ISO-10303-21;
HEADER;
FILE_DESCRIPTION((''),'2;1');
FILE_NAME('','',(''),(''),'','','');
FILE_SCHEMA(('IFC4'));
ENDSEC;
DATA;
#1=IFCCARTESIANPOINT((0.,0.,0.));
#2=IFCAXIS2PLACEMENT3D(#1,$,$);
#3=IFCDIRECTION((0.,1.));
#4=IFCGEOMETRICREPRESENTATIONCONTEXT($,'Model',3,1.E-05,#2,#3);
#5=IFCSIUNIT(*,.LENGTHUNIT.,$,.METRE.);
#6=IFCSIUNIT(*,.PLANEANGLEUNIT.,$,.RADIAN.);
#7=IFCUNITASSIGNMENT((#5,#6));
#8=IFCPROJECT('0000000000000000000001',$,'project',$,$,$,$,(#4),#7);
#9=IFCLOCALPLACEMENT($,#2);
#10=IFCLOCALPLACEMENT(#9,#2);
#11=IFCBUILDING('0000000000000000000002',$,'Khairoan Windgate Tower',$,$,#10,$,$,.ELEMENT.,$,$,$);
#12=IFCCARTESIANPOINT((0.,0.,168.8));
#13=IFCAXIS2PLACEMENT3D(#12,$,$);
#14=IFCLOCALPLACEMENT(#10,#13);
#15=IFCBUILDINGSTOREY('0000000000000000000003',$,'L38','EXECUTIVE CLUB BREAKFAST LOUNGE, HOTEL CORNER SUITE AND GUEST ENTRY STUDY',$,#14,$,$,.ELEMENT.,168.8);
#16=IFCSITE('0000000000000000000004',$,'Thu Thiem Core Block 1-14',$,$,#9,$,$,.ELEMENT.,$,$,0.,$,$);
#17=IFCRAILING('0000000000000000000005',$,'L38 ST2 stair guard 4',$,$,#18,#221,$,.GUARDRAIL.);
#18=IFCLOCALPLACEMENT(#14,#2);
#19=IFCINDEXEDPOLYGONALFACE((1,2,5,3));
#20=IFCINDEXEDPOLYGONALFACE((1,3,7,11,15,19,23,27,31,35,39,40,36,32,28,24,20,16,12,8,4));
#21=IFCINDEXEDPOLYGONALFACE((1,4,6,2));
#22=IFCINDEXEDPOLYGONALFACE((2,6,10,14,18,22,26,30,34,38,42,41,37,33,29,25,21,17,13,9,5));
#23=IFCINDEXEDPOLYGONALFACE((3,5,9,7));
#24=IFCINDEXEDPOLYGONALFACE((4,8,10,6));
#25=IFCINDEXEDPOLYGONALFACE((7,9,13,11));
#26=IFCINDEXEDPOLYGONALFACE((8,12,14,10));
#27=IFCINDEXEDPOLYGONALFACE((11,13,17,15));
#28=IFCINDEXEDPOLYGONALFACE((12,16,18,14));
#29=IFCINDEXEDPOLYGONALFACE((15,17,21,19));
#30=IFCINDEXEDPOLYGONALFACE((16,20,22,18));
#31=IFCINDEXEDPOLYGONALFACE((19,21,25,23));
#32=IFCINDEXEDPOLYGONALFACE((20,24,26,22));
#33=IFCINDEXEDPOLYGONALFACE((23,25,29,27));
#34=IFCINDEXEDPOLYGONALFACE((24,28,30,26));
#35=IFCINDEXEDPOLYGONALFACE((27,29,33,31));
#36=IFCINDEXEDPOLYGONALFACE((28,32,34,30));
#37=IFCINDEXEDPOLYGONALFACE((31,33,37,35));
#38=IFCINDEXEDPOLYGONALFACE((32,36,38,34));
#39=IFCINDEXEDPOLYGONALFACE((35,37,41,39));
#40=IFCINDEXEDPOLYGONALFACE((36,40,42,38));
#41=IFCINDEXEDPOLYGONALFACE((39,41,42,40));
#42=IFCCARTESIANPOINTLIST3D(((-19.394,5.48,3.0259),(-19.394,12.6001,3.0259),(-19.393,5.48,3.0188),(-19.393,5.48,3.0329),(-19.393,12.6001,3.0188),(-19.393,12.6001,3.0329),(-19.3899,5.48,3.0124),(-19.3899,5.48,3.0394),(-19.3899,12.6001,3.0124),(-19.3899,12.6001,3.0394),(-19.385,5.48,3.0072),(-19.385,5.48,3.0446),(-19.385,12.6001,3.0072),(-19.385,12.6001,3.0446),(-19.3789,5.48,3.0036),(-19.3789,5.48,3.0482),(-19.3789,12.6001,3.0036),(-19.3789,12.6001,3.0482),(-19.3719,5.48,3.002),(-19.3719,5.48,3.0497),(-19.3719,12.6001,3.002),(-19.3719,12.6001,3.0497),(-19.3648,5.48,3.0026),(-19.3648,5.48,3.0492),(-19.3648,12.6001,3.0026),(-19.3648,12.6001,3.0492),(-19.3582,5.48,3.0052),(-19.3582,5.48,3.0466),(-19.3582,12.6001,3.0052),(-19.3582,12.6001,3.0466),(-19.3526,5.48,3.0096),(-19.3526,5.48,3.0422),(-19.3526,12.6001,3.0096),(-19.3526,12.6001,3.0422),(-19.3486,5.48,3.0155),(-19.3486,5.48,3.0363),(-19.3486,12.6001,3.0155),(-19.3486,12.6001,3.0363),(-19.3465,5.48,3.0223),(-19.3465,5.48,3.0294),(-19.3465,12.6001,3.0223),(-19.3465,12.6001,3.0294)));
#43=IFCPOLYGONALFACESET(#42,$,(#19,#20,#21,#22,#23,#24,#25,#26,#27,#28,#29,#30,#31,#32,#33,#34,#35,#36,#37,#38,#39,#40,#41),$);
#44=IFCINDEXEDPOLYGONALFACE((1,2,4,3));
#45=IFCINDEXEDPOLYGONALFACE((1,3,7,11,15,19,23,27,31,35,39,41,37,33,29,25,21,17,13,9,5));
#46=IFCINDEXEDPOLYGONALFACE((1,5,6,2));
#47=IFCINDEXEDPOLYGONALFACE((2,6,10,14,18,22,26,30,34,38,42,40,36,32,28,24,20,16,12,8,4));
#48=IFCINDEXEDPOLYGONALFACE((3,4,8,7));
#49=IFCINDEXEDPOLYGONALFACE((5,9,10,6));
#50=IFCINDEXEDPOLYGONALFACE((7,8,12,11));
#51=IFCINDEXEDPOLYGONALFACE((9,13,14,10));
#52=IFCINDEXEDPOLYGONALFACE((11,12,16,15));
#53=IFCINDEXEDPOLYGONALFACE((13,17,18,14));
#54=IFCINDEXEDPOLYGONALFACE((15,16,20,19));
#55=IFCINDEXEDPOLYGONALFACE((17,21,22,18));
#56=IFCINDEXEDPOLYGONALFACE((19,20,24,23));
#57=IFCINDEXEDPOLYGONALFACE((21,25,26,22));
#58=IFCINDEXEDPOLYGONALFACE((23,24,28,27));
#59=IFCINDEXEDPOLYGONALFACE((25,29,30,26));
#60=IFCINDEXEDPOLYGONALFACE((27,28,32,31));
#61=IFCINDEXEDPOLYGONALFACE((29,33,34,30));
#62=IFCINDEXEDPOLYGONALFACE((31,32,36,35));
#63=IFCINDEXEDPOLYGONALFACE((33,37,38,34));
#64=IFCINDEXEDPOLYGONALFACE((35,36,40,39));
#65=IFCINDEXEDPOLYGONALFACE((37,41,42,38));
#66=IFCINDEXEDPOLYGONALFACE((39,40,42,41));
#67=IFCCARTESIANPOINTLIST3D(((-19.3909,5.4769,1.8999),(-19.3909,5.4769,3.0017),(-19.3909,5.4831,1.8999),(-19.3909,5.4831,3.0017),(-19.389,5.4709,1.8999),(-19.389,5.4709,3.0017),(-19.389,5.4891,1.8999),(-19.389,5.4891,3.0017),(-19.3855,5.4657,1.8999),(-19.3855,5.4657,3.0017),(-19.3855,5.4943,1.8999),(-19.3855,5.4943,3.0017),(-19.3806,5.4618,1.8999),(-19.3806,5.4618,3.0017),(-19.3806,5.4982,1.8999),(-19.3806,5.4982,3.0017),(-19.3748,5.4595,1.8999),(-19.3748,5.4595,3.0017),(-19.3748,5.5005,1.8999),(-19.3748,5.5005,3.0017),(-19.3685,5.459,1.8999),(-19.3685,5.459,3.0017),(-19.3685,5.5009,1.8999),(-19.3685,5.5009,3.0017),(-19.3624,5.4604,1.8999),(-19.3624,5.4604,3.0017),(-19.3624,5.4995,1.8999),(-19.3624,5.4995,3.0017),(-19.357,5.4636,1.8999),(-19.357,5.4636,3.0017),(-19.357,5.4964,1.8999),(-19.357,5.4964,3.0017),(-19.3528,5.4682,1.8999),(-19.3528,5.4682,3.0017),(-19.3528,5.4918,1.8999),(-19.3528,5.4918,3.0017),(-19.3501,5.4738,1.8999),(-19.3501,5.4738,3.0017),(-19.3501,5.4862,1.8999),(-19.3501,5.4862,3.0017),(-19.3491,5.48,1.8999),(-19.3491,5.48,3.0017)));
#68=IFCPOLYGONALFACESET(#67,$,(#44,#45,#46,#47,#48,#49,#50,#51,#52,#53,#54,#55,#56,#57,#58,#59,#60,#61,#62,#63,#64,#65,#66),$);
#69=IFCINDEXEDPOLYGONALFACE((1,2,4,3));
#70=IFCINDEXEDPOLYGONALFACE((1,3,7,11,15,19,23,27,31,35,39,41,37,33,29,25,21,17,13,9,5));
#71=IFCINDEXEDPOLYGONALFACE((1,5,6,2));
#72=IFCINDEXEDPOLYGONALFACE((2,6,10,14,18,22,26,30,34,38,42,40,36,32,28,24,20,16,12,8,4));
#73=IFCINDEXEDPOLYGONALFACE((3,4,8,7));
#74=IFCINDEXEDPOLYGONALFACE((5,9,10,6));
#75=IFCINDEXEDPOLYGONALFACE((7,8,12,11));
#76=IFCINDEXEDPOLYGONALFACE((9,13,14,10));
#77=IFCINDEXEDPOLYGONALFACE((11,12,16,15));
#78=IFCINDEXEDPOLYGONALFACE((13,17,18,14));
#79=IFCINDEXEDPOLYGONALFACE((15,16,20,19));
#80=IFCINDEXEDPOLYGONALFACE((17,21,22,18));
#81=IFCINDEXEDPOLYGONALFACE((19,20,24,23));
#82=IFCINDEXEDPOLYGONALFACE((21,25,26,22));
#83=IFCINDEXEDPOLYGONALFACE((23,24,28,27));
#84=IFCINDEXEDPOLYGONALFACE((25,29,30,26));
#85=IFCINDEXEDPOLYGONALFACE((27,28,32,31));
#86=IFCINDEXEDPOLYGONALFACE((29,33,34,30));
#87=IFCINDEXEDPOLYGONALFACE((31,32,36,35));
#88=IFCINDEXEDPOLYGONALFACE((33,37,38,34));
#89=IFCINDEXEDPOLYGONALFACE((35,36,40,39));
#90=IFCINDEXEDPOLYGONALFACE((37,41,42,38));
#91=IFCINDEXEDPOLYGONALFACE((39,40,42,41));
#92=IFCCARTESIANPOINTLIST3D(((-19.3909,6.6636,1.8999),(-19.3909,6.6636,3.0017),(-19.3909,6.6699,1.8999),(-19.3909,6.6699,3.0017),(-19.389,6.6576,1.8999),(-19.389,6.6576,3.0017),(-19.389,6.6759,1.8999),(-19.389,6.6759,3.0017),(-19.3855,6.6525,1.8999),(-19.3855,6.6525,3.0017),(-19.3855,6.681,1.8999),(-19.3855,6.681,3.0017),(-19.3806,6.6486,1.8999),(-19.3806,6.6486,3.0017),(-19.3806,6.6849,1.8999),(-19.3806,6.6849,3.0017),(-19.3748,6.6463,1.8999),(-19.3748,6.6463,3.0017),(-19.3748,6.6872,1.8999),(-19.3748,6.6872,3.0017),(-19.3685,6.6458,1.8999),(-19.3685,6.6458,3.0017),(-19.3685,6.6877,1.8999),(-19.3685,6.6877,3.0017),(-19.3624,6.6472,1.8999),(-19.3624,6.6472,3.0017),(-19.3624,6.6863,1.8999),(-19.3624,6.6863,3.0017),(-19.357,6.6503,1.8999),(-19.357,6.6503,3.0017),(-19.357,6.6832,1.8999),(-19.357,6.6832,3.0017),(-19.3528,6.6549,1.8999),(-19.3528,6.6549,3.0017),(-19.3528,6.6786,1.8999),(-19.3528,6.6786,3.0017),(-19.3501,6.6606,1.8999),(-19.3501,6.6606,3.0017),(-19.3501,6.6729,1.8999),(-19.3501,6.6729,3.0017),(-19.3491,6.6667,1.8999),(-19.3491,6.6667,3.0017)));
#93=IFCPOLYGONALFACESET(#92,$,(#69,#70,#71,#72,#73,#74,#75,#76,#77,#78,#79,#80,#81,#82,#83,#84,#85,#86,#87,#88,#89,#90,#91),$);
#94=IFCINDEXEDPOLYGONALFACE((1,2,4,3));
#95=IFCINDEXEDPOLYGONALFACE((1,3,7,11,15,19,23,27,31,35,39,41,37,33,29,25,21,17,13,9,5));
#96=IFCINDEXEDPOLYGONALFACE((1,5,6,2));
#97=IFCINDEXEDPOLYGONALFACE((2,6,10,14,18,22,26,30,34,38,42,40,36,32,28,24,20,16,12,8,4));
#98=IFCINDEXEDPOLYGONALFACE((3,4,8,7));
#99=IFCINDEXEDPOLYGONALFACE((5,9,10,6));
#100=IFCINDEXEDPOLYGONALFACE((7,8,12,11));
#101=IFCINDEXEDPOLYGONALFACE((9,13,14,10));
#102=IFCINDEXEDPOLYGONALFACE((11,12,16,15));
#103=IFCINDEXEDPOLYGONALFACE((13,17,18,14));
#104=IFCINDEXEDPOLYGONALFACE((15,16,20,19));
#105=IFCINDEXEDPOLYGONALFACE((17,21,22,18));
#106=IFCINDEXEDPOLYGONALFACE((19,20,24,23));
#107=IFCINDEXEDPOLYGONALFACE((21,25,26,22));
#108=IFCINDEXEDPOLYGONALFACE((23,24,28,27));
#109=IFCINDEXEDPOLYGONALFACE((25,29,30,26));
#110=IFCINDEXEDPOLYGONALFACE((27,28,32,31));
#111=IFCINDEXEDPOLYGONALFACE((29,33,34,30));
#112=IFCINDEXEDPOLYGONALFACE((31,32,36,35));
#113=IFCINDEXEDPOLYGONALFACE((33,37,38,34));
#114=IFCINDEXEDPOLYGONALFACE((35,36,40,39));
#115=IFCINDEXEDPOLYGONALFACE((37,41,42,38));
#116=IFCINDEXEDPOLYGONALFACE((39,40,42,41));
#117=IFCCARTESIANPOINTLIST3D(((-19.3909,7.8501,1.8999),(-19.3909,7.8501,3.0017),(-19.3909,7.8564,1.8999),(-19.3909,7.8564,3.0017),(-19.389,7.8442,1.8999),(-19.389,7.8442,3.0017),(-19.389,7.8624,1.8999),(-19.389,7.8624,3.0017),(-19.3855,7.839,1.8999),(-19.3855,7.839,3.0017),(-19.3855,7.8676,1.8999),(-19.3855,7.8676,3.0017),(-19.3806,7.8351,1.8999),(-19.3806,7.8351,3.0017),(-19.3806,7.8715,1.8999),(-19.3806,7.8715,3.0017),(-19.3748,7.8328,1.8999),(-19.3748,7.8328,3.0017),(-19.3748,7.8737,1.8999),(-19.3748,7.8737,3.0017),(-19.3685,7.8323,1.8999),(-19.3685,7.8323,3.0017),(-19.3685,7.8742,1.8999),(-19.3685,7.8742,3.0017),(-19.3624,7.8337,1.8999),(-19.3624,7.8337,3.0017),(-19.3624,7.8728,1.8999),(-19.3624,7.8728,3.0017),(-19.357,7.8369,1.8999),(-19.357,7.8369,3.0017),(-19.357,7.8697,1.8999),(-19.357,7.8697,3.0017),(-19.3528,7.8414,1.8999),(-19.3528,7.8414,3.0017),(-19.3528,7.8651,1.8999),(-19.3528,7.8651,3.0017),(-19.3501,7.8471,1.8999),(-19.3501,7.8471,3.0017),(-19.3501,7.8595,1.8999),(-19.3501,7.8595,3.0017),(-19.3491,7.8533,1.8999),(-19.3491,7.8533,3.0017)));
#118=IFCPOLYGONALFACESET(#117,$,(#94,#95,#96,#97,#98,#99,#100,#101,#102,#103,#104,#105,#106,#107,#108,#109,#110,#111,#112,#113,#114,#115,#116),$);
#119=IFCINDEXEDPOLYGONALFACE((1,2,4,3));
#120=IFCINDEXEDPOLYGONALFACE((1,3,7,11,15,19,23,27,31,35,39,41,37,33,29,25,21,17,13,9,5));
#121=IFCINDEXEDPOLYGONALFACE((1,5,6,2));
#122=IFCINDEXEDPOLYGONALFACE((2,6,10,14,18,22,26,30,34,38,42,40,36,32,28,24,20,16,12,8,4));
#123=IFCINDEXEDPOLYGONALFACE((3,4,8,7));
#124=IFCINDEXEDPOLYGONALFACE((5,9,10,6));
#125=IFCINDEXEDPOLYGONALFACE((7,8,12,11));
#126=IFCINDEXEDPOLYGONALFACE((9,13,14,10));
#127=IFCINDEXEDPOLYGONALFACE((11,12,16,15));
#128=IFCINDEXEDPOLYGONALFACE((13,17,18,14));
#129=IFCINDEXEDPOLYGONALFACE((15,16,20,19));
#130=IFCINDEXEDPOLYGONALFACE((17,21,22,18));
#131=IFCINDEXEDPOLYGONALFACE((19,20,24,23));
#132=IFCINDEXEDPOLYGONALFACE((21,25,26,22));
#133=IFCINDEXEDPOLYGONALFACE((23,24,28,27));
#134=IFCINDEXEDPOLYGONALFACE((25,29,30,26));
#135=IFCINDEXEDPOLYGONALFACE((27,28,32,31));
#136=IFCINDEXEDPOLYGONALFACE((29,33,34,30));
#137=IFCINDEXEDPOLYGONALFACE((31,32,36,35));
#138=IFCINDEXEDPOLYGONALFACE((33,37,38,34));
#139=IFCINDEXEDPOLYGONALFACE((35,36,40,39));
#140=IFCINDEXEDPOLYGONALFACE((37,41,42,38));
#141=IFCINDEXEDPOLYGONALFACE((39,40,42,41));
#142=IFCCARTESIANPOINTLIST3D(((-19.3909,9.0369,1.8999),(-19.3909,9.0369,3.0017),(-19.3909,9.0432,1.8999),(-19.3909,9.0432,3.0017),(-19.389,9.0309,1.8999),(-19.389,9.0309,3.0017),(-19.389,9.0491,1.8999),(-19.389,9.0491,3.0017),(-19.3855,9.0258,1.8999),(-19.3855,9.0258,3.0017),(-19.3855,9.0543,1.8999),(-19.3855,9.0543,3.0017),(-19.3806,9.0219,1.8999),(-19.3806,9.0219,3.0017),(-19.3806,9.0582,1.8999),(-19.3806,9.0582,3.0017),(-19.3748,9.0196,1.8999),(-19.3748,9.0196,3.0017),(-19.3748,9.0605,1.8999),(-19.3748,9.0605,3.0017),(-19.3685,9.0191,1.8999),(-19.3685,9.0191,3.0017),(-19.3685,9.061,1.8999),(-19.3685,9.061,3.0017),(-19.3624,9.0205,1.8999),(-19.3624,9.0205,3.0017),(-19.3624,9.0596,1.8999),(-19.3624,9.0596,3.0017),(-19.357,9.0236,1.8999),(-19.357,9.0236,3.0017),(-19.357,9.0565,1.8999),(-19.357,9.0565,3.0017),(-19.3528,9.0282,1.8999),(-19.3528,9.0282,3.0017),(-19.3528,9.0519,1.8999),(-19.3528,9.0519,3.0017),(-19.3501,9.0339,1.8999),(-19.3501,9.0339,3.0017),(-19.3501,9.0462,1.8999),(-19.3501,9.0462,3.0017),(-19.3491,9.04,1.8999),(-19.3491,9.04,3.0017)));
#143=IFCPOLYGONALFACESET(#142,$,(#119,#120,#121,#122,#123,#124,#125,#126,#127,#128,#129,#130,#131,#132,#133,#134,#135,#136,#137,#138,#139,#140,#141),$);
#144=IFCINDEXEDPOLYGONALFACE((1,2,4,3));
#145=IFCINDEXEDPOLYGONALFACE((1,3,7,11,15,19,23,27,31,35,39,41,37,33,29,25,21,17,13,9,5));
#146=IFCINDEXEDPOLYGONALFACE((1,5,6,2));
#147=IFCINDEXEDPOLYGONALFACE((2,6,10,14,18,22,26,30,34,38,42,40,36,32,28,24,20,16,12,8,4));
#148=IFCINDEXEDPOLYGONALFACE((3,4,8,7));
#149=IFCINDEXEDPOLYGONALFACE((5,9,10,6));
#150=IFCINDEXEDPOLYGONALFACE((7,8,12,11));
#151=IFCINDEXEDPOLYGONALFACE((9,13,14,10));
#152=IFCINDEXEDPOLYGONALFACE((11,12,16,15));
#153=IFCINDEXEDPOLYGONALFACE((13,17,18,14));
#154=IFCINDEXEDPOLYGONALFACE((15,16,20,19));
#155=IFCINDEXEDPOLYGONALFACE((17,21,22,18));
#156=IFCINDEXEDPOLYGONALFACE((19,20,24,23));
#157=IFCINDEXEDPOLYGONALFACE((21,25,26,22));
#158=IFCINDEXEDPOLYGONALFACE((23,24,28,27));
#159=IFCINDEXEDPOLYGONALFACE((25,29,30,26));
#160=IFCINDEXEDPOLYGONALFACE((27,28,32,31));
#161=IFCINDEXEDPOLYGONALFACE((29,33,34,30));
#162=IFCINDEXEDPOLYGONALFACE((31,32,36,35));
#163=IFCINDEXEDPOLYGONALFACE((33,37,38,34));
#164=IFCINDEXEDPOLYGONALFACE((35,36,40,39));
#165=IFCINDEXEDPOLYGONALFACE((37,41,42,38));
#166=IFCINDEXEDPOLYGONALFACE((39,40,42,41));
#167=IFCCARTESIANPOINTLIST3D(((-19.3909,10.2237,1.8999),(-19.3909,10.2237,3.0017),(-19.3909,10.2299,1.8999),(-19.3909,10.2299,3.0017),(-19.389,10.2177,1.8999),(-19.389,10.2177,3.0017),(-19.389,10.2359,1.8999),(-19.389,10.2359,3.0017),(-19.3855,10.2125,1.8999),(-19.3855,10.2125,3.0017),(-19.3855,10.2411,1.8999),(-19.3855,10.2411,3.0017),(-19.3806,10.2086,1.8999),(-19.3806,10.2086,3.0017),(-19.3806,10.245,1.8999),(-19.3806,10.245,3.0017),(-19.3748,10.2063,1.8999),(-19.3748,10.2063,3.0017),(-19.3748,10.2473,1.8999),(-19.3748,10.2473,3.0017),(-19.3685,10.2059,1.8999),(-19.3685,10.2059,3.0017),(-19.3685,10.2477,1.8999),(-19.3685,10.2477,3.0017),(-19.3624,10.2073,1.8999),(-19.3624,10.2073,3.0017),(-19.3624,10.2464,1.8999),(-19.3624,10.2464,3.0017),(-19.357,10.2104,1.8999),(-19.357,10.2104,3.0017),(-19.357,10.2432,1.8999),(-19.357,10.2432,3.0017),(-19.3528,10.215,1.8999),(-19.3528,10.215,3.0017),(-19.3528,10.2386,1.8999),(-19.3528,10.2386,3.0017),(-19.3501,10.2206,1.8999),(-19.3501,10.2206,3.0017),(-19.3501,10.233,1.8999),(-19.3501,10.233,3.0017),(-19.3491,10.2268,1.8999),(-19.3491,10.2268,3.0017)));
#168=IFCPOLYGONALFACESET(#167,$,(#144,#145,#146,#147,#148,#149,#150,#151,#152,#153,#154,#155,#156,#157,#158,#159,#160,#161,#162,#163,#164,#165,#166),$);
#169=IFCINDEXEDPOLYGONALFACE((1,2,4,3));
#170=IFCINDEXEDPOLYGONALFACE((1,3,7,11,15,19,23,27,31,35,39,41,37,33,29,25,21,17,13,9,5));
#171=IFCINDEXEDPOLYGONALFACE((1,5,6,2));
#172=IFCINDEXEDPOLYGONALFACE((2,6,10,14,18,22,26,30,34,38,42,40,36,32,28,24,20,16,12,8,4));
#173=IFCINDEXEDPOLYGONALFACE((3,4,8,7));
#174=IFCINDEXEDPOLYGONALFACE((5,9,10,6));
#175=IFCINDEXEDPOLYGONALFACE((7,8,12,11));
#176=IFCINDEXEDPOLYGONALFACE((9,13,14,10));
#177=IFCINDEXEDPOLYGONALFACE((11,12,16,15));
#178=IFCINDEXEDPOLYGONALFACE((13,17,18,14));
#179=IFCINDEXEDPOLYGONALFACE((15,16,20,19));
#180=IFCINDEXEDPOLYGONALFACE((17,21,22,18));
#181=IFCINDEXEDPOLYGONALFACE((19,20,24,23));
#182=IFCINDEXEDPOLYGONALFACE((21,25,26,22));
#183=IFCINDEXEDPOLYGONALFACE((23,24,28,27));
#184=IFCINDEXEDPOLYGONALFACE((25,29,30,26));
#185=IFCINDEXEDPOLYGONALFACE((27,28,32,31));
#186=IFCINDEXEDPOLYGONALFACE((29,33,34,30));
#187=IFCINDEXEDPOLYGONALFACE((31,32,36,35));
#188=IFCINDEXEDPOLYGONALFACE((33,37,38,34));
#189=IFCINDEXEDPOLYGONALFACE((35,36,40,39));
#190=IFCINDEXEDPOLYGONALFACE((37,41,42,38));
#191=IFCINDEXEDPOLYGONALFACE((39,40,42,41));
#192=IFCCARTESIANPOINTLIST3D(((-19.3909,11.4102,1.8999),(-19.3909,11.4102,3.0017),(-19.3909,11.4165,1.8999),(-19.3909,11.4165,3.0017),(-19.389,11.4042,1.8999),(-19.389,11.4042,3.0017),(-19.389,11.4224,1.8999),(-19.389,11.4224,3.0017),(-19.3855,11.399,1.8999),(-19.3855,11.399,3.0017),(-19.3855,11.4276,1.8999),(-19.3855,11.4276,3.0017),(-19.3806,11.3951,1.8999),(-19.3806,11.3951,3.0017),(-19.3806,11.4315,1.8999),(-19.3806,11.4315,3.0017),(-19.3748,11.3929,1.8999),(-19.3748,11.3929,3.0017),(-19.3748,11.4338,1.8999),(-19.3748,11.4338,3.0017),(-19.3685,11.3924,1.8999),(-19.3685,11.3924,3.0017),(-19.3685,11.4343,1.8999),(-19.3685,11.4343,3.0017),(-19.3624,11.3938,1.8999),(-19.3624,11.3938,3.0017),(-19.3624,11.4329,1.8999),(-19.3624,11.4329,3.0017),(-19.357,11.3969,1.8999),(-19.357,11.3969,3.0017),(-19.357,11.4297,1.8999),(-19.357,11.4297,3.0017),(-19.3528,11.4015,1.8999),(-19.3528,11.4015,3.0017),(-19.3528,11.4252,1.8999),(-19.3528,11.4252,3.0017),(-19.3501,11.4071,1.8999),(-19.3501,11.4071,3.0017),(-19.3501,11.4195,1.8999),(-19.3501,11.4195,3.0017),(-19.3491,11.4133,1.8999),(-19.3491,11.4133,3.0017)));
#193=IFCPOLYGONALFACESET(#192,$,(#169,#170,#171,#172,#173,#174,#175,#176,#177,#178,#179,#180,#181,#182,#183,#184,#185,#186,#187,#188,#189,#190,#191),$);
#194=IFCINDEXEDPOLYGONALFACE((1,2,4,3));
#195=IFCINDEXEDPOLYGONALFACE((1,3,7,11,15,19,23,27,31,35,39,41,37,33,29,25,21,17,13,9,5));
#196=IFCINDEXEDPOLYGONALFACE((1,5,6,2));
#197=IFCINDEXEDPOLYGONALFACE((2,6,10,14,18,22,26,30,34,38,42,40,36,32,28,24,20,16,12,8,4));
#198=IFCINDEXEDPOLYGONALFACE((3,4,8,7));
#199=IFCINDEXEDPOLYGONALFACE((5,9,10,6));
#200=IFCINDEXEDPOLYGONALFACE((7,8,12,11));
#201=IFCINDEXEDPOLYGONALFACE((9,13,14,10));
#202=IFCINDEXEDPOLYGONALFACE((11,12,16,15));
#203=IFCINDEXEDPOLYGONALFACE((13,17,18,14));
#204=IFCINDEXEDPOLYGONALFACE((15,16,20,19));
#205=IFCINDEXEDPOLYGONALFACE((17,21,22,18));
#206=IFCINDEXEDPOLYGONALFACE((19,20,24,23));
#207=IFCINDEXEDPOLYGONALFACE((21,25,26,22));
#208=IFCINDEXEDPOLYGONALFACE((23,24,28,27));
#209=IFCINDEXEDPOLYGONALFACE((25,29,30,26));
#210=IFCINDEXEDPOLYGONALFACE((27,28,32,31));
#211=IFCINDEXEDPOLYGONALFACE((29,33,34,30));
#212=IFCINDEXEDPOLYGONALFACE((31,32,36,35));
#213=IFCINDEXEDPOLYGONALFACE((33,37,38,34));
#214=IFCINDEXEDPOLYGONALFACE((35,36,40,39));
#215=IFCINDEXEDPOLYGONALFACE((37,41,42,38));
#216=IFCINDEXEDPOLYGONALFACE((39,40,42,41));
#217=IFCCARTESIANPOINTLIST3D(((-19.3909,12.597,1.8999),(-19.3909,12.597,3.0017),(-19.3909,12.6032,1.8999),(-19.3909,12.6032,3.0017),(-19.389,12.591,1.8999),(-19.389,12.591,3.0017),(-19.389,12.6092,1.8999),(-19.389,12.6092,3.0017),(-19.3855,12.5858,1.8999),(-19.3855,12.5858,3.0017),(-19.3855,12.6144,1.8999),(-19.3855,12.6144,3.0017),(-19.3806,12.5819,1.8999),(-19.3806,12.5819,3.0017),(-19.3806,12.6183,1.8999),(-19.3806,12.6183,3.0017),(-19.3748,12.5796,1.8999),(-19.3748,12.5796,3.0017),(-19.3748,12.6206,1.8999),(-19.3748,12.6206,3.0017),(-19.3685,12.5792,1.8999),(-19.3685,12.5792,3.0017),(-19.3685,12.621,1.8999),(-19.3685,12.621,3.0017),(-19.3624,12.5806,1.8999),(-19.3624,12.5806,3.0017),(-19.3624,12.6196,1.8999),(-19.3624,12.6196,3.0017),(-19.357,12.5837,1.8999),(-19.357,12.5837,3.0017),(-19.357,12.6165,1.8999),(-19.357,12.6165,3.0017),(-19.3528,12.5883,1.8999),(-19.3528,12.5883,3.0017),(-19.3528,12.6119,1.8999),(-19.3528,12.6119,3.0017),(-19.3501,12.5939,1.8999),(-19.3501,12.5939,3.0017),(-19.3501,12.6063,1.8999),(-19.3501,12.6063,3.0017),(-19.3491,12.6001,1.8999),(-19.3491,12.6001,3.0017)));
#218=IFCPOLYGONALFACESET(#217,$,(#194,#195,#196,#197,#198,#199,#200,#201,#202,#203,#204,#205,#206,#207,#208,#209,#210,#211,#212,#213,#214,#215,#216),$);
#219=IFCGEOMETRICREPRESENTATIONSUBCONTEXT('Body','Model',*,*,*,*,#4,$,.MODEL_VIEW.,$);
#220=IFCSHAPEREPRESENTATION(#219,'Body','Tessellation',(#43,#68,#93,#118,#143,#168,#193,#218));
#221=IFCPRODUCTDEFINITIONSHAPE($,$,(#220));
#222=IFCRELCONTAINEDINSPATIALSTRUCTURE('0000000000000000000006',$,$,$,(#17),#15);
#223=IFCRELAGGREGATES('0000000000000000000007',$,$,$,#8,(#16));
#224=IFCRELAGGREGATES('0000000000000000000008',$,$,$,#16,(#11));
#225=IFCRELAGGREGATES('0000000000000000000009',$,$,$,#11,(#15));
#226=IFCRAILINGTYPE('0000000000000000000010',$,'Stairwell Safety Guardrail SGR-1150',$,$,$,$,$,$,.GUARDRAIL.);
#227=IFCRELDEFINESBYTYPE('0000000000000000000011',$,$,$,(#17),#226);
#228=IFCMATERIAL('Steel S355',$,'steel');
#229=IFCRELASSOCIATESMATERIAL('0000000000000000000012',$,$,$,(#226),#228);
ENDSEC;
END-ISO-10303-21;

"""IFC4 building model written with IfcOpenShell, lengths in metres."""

from ifc_helpers import new_model, si_unit, direction, frame, origin, origin_2d, place, context, subcontext, project, spatial, circle, extrude, material, type_object, element, save


model = new_model("IFC4")

# Units and contexts
model_context = context("Model", 3, precision=1e-05, world=origin(), true_north=direction((0.0, 1.0)))
body_context = subcontext(model_context, "Body", "Model", "MODEL_VIEW")
ifc_project = project(units=[si_unit("LENGTHUNIT", "METRE"), si_unit("PLANEANGLEUNIT", "RADIAN")], contexts=[model_context])

# Site, building, storey
site_placement = place(None, origin())
site = spatial("IfcSite", under=ifc_project, at=site_placement, Name="Thu Thiem Core Block 1-14", CompositionType="ELEMENT", RefElevation=0.0)
building_placement = place(site_placement, origin())
building = spatial("IfcBuilding", under=site, at=building_placement, Name="Khairoan Windgate Tower", CompositionType="ELEMENT")
storey_placement = place(building_placement, frame((0.0, 0.0, 168.8)))
storey = spatial("IfcBuildingStorey", under=building, at=storey_placement, Name="L38", Description="EXECUTIVE CLUB BREAKFAST LOUNGE, HOTEL CORNER SUITE AND GUEST ENTRY STUDY", CompositionType="ELEMENT", Elevation=168.8)

# Railing
ifc_material_1 = material(Name="Steel S355", Category="steel")
railing_type_1 = type_object("IfcRailingType", Name="Stairwell Safety Guardrail SGR-1150", PredefinedType="GUARDRAIL", material=ifc_material_1)
railing_1_placement = place(storey_placement, frame((-19.3701, 5.48, 1.8999)))
element("IfcRailing", 1, at=railing_1_placement, inside=storey, type_object=railing_type_1, Name="L38 ST2 stair guard 4", PredefinedType="GUARDRAIL", context=body_context, shape_type="SweptSolid", body=[
    extrude(circle(Radius=0.0239, at=origin_2d()), frame((0.0, 0.0, 1.126), z_axis=(0.0, 1.0, 0.0), x_axis=(-1.0, 0.0, 0.0)), (0.0, 0.0, 1.0), 7.1201),
    extrude(circle(Radius=0.021, at=origin_2d()), origin(), (0.0, 0.0, 1.0), 1.1018),
    extrude(circle(Radius=0.021, at=origin_2d()), frame((0.0, 1.1868, 0.0)), (0.0, 0.0, 1.0), 1.1018),
    extrude(circle(Radius=0.021, at=origin_2d()), frame((0.0, 2.3733, 0.0)), (0.0, 0.0, 1.0), 1.1018),
    extrude(circle(Radius=0.021, at=origin_2d()), frame((0.0, 3.5601, 0.0)), (0.0, 0.0, 1.0), 1.1018),
    extrude(circle(Radius=0.021, at=origin_2d()), frame((0.0, 4.7468, 0.0)), (0.0, 0.0, 1.0), 1.1018),
    extrude(circle(Radius=0.021, at=origin_2d()), frame((0.0, 5.9333, 0.0)), (0.0, 0.0, 1.0), 1.1018),
    extrude(circle(Radius=0.021, at=origin_2d()), frame((0.0, 7.1201, 0.0)), (0.0, 0.0, 1.0), 1.1018),
])

save(model, "model.ifc")
